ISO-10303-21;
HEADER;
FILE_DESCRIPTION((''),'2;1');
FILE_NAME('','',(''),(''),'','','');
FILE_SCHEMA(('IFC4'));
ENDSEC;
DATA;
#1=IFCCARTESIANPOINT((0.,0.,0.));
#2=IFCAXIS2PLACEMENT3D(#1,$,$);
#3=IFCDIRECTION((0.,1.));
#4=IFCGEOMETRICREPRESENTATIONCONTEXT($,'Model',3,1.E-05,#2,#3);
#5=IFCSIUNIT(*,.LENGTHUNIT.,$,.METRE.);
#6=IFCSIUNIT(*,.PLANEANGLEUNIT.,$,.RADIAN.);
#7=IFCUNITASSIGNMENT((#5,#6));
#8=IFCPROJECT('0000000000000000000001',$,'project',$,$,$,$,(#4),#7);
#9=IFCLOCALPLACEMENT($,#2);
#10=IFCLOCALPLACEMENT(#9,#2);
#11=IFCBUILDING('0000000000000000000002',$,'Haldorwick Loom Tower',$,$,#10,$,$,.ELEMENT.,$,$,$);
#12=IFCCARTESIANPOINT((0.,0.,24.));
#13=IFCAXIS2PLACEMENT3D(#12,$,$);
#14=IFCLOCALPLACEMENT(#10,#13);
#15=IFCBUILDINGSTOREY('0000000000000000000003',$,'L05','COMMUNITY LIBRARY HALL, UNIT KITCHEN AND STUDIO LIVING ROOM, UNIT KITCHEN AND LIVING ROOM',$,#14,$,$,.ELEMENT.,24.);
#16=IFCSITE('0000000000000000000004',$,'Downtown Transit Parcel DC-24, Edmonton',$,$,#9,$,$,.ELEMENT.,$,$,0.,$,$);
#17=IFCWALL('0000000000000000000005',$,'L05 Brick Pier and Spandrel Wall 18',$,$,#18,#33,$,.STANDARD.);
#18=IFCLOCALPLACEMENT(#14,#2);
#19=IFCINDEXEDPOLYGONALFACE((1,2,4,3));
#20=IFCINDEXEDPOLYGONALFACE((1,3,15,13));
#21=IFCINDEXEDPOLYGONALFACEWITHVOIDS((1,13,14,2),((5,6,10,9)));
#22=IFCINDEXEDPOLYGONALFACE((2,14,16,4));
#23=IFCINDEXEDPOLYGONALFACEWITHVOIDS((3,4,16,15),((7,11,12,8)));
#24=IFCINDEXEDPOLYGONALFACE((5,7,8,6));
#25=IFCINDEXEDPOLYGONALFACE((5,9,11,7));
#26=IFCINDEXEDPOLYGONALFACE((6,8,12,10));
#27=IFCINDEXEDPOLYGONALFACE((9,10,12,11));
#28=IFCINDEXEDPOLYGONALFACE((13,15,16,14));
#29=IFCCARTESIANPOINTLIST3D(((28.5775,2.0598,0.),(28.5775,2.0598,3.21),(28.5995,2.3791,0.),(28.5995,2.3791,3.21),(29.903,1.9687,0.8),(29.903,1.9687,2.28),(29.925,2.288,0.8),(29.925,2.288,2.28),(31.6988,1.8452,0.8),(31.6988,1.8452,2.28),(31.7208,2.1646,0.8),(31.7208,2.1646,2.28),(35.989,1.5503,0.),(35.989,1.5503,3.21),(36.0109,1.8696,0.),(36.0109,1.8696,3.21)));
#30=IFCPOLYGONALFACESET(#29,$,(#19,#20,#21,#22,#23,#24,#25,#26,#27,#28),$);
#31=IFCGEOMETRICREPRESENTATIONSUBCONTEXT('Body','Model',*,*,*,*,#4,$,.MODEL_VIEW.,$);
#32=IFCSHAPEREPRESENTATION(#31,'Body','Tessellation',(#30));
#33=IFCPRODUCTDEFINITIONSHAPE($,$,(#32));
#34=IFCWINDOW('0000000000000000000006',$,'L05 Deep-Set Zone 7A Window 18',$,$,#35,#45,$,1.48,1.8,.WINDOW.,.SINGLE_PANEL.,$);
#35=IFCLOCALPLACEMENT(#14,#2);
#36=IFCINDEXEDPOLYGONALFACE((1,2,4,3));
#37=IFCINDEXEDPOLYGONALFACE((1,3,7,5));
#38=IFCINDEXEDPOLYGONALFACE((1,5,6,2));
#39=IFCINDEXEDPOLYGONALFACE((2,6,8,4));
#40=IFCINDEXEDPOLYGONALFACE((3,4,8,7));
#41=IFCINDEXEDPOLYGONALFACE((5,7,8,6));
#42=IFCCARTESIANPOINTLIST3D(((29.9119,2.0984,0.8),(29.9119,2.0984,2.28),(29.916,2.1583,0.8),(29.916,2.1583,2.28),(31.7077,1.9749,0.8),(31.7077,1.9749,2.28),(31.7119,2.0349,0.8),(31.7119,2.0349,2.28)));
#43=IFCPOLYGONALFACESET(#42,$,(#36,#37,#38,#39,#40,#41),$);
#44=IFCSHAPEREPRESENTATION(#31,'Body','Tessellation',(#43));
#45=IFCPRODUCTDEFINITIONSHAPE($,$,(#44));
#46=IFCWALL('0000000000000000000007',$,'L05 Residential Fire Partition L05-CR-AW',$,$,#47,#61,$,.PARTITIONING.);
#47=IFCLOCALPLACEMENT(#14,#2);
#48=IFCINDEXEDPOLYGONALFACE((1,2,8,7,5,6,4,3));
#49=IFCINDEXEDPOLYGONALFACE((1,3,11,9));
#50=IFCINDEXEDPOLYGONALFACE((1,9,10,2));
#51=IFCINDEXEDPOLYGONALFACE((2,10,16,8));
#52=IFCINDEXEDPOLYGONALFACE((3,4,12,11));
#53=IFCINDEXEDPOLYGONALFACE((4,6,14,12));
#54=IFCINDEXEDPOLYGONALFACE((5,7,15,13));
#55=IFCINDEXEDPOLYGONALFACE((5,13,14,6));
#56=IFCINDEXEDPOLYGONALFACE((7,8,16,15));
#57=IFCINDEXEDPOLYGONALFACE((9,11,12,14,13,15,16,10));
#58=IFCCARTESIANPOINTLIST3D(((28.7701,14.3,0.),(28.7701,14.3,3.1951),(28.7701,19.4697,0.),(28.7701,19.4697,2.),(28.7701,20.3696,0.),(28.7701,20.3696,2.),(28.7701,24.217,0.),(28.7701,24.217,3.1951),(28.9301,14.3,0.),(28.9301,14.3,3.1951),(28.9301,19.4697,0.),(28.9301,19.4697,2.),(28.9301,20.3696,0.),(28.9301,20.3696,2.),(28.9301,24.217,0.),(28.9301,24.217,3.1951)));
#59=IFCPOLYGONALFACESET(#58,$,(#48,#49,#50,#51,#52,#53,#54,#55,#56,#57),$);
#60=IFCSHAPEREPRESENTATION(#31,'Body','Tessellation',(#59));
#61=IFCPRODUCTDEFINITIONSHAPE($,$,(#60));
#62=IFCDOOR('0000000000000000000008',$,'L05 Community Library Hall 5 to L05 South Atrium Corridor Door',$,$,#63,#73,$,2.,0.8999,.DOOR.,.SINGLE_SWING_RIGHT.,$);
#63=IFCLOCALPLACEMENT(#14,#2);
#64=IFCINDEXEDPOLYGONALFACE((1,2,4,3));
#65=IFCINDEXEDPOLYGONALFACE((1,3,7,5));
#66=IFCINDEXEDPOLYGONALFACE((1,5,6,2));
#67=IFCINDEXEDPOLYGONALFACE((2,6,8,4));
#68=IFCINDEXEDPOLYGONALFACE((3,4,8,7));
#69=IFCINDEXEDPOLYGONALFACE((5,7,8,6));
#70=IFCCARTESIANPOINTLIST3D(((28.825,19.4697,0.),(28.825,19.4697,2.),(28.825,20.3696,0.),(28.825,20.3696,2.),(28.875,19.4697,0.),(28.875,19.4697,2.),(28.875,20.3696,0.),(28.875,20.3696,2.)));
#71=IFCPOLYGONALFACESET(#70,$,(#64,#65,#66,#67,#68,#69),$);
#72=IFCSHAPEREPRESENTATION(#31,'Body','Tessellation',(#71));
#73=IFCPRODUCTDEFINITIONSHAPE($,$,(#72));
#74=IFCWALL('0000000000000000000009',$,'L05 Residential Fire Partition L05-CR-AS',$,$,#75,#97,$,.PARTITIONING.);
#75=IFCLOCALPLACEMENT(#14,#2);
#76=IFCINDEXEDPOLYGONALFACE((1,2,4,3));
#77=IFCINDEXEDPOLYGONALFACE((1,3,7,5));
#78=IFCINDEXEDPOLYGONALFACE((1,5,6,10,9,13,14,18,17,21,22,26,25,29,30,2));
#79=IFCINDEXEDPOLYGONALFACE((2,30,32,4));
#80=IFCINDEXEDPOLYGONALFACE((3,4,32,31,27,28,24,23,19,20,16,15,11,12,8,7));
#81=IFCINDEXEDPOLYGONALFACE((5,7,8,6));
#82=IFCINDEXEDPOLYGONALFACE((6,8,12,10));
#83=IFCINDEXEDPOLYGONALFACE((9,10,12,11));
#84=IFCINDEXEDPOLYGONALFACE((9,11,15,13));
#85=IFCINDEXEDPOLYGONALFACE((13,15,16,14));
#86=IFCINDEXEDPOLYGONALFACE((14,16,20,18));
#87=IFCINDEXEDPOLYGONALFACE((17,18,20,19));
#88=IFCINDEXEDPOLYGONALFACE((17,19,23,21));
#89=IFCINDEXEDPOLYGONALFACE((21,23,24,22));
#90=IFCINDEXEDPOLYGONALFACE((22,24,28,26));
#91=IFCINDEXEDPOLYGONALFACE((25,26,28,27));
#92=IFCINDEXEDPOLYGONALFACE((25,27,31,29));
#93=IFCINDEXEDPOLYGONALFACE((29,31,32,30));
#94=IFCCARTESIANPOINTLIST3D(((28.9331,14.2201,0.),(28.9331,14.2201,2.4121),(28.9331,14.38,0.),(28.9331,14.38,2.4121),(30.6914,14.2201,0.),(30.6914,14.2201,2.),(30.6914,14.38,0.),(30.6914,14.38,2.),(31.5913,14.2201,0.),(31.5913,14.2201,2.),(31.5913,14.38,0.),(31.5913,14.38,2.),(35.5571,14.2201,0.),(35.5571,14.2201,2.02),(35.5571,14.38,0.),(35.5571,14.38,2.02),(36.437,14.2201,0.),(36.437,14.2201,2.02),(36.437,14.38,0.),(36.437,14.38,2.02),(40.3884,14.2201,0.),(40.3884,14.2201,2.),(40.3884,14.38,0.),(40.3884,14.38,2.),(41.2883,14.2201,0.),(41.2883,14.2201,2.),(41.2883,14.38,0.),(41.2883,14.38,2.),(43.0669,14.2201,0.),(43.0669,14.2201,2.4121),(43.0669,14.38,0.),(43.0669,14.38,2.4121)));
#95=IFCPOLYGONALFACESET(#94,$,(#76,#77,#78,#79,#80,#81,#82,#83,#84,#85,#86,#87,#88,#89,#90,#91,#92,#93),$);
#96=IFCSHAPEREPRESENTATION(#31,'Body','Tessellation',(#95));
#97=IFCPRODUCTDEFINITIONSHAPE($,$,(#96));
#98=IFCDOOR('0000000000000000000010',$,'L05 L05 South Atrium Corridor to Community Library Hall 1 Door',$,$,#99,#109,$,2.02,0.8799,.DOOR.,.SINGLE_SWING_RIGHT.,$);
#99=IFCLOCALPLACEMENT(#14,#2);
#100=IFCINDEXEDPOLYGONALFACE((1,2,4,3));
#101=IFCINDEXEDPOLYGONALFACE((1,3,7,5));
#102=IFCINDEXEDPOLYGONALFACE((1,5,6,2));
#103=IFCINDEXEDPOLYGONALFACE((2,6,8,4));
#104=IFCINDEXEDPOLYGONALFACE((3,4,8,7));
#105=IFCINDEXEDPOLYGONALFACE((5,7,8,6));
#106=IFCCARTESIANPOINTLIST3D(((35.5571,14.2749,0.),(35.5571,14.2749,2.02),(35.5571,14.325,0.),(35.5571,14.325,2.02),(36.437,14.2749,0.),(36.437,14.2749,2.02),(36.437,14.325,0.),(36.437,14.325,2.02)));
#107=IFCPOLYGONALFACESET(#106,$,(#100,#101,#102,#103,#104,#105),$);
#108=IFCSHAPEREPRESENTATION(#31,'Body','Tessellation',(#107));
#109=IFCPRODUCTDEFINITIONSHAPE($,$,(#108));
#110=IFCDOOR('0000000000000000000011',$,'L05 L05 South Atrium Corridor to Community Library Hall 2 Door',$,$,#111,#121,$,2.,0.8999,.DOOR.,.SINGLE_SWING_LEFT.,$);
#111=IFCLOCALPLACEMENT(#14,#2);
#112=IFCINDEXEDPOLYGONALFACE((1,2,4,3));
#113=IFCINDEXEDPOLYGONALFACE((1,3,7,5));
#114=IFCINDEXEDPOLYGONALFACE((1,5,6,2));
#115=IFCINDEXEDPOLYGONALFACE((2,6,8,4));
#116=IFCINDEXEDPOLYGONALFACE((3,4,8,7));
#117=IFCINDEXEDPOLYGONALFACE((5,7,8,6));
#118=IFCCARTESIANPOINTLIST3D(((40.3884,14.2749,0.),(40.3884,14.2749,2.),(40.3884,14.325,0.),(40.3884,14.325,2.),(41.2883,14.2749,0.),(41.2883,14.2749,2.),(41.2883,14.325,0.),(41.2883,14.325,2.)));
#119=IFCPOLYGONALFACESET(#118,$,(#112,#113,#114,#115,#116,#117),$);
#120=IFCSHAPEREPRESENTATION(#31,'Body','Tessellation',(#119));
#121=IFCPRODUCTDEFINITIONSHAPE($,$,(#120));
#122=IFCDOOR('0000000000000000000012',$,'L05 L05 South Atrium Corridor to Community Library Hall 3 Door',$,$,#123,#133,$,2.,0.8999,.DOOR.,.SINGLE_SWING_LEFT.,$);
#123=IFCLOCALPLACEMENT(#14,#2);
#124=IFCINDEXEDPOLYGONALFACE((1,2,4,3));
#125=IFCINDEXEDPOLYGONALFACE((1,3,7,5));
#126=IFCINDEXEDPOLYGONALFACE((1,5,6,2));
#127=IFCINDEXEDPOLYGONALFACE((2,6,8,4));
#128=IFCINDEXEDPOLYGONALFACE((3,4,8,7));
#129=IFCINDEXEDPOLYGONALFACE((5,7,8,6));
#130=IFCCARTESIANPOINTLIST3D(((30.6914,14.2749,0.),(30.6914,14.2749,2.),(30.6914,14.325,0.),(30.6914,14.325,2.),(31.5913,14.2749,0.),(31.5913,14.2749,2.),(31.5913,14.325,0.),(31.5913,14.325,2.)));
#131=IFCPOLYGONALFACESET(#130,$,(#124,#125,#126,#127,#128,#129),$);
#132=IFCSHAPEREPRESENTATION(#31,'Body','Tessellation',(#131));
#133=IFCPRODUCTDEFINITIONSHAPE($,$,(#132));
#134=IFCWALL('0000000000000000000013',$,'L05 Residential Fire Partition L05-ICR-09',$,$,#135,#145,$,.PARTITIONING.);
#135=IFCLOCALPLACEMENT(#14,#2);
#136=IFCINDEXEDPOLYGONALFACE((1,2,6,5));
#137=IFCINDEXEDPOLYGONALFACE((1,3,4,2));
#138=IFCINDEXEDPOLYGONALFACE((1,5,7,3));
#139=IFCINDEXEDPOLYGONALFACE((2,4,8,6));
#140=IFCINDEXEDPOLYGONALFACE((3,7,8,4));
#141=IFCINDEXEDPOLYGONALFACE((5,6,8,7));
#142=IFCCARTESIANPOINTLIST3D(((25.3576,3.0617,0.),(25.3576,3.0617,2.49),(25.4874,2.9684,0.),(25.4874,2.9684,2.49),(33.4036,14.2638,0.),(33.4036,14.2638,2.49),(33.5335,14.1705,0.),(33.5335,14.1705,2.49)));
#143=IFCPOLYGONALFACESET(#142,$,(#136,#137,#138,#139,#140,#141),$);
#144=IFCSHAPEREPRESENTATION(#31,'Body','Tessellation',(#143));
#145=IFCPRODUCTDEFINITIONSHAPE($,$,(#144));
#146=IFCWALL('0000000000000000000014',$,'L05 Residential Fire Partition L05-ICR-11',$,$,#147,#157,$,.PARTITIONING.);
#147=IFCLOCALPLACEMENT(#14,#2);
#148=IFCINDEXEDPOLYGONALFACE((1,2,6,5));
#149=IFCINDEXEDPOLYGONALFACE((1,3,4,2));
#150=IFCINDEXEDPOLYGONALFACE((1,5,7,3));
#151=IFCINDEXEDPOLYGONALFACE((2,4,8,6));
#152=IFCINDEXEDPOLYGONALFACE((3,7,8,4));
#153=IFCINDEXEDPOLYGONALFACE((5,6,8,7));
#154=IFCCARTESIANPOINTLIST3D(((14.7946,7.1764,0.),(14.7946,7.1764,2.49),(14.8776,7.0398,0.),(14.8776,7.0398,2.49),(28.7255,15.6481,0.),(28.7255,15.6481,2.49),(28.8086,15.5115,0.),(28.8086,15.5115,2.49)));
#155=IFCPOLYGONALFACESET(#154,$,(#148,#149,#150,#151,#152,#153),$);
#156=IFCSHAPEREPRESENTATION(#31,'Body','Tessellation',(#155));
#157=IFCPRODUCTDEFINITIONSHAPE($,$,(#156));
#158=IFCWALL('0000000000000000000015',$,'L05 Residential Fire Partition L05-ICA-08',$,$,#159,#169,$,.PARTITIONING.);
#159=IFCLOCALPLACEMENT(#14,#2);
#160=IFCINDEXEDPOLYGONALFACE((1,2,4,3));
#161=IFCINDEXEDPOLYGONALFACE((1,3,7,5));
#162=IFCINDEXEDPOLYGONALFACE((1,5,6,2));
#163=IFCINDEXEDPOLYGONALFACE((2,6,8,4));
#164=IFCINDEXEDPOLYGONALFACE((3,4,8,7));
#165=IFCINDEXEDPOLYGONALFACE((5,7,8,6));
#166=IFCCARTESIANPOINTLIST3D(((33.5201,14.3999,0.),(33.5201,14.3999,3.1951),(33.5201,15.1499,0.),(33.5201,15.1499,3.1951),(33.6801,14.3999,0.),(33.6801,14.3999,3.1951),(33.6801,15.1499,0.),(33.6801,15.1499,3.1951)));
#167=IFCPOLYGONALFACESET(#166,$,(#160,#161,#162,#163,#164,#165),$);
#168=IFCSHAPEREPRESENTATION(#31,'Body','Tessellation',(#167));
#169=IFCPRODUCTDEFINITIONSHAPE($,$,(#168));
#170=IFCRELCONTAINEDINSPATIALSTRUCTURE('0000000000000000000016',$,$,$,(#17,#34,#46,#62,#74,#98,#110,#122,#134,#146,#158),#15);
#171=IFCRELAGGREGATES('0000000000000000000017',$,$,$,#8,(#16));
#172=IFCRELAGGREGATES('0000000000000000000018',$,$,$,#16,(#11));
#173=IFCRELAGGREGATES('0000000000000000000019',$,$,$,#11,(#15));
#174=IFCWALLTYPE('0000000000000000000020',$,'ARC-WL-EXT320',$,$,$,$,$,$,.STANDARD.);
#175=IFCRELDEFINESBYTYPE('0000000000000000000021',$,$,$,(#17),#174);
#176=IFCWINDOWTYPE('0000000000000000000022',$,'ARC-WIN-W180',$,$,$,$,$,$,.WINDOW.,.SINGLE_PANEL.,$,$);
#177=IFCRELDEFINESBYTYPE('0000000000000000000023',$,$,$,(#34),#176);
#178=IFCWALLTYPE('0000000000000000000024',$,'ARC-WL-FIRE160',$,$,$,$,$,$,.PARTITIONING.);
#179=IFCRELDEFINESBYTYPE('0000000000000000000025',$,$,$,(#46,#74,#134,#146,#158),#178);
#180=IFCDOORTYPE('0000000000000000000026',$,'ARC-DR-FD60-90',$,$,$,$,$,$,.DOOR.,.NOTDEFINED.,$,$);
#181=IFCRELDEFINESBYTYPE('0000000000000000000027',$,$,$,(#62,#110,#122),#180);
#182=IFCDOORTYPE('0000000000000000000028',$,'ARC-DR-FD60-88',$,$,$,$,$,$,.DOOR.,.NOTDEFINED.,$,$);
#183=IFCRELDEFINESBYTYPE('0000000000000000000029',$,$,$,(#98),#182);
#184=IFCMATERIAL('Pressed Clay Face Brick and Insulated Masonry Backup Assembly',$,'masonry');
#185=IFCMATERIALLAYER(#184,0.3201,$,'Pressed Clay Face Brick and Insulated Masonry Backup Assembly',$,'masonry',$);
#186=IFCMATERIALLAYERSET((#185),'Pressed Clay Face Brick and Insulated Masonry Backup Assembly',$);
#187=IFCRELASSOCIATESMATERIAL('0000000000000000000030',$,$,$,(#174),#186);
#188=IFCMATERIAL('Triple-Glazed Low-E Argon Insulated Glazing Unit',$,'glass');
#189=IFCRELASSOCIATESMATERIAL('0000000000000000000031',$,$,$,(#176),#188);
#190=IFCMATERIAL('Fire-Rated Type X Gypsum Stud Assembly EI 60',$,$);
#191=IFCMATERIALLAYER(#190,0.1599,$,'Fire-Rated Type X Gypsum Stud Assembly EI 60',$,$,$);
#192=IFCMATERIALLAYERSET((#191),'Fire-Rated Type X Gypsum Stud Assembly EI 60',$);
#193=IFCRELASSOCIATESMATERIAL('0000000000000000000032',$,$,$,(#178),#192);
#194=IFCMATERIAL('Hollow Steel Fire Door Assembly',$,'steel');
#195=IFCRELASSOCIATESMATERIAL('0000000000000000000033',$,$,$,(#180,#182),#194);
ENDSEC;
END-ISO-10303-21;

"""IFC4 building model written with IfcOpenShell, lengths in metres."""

from ifc_helpers import new_model, si_unit, direction, frame, frame_2d, origin, place, context, subcontext, project, spatial, rectangle, extrude, material, layer, layer_set, type_object, element, fill, save


model = new_model("IFC4")

# Units and contexts
model_context = context("Model", 3, precision=1e-05, world=origin(), true_north=direction((0.0, 1.0)))
body_context = subcontext(model_context, "Body", "Model", "MODEL_VIEW")
ifc_project = project(units=[si_unit("LENGTHUNIT", "METRE"), si_unit("PLANEANGLEUNIT", "RADIAN")], contexts=[model_context])

# Site, building, storey
site_placement = place(None, origin())
site = spatial("IfcSite", under=ifc_project, at=site_placement, Name="Downtown Transit Parcel DC-24, Edmonton", CompositionType="ELEMENT", RefElevation=0.0)
building_placement = place(site_placement, origin())
building = spatial("IfcBuilding", under=site, at=building_placement, Name="Haldorwick Loom Tower", CompositionType="ELEMENT")
storey_placement = place(building_placement, frame((0.0, 0.0, 24.0)))
storey = spatial("IfcBuildingStorey", under=building, at=storey_placement, Name="L05", Description="COMMUNITY LIBRARY HALL, UNIT KITCHEN AND STUDIO LIVING ROOM, UNIT KITCHEN AND LIVING ROOM", CompositionType="ELEMENT", Elevation=24.0)

# Wall, opening, window
ifc_material_1 = material(Name="Pressed Clay Face Brick and Insulated Masonry Backup Assembly", Category="masonry")
ifc_layer_1 = layer(ifc_material_1, 0.3201, Name="Pressed Clay Face Brick and Insulated Masonry Backup Assembly", Category="masonry")
ifc_layer_set_1 = layer_set([ifc_layer_1], Name="Pressed Clay Face Brick and Insulated Masonry Backup Assembly")
wall_type_1 = type_object("IfcWallType", Name="ARC-WL-EXT320", PredefinedType="STANDARD", material=ifc_layer_set_1)
wall_1_placement = place(storey_placement, frame((28.5886, 2.2195, 0.0), z_axis=(0.0, 0.0, 1.0), x_axis=(0.997645, -0.068587, 0.0)))
wall_1 = element("IfcWall", 1, at=wall_1_placement, inside=storey, type_object=wall_type_1, Name="L05 Brick Pier and Spandrel Wall 18", PredefinedType="STANDARD", context=body_context, shape_type="SweptSolid", body=[
    extrude(rectangle(XDim=7.429, YDim=0.3201, at=frame_2d((3.7144, 0.0))), origin(), (0.0, 0.0, 1.0), 3.21),
])
opening_1_placement = place(wall_1_placement, frame((1.3286, 0.0, 0.8)))
opening_1 = element("IfcOpeningElement", 2, at=opening_1_placement, cuts=wall_1, PredefinedType="OPENING", context=body_context, shape_type="SweptSolid", body=[
    extrude(rectangle(XDim=1.8, YDim=1.48, at=frame_2d((0.8999, 0.74))), frame((0.0, 0.1699, 0.0), z_axis=(0.0, -1.0, 0.0), x_axis=(1.0, 0.0, 0.0)), (0.0, 0.0, 1.0), 0.3401),
])
ifc_material_2 = material(Name="Triple-Glazed Low-E Argon Insulated Glazing Unit", Category="glass")
window_type = type_object("IfcWindowType", Name="ARC-WIN-W180", PartitioningType="SINGLE_PANEL", PredefinedType="WINDOW", material=ifc_material_2)
window_placement = place(opening_1_placement, origin())
window = element("IfcWindow", 3, at=window_placement, inside=storey, type_object=window_type, Name="L05 Deep-Set Zone 7A Window 18", OverallHeight=1.48, OverallWidth=1.8, PartitioningType="SINGLE_PANEL", PredefinedType="WINDOW", context=body_context, shape_type="SweptSolid", body=[
    extrude(rectangle(XDim=1.8, YDim=1.48, at=frame_2d((0.8999, 0.74))), frame((0.0, 0.03, 0.0), z_axis=(0.0, -1.0, 0.0), x_axis=(1.0, 0.0, 0.0)), (0.0, 0.0, 1.0), 0.0601),
])
fill(opening_1, window)

# Wall, opening, door
ifc_material_3 = material(Name="Fire-Rated Type X Gypsum Stud Assembly EI 60")
ifc_layer_2 = layer(ifc_material_3, 0.1599, Name="Fire-Rated Type X Gypsum Stud Assembly EI 60")
ifc_layer_set_2 = layer_set([ifc_layer_2], Name="Fire-Rated Type X Gypsum Stud Assembly EI 60")
wall_type_2 = type_object("IfcWallType", Name="ARC-WL-FIRE160", PredefinedType="PARTITIONING", material=ifc_layer_set_2)
wall_2_placement = place(storey_placement, frame((28.8501, 14.3, 0.0), z_axis=(0.0, 0.0, 1.0), x_axis=(0.0, 1.0, 0.0)))
wall_2 = element("IfcWall", 4, at=wall_2_placement, inside=storey, type_object=wall_type_2, Name="L05 Residential Fire Partition L05-CR-AW", PredefinedType="PARTITIONING", context=body_context, shape_type="SweptSolid", body=[
    extrude(rectangle(XDim=9.917, YDim=0.1599, at=frame_2d((4.9585, 0.0))), origin(), (0.0, 0.0, 1.0), 3.1951),
])
opening_2_placement = place(wall_2_placement, frame((5.1697, 0.0, 0.0)))
opening_2 = element("IfcOpeningElement", 5, at=opening_2_placement, cuts=wall_2, PredefinedType="OPENING", context=body_context, shape_type="SweptSolid", body=[
    extrude(rectangle(XDim=0.8999, YDim=2.0, at=frame_2d((0.45, 1.0))), frame((0.0, 0.0898, 0.0), z_axis=(0.0, -1.0, 0.0), x_axis=(1.0, 0.0, 0.0)), (0.0, 0.0, 1.0), 0.1799),
])
ifc_material_4 = material(Name="Hollow Steel Fire Door Assembly", Category="steel")
door_type_1 = type_object("IfcDoorType", Name="ARC-DR-FD60-90", OperationType="NOTDEFINED", PredefinedType="DOOR", material=ifc_material_4)
door_1_placement = place(opening_2_placement, frame((0.8999, 0.0, 0.0), z_axis=(0.0, 0.0, 1.0), x_axis=(-1.0, 0.0, 0.0)))
door_1 = element("IfcDoor", 6, at=door_1_placement, inside=storey, type_object=door_type_1, Name="L05 Community Library Hall 5 to L05 South Atrium Corridor Door", OperationType="SINGLE_SWING_RIGHT", OverallHeight=2.0, OverallWidth=0.8999, PredefinedType="DOOR", context=body_context, shape_type="SweptSolid", body=[
    extrude(rectangle(XDim=0.8999, YDim=2.0, at=frame_2d((0.45, 1.0))), frame((0.0, 0.0249, 0.0), z_axis=(0.0, -1.0, 0.0), x_axis=(1.0, 0.0, 0.0)), (0.0, 0.0, 1.0), 0.05),
])
fill(opening_2, door_1)

# Wall, openings, doors
wall_3_placement = place(storey_placement, frame((28.9331, 14.3, 0.0), z_axis=(0.0, 0.0, 1.0), x_axis=(1.0, 0.0, 0.0)))
wall_3 = element("IfcWall", 7, at=wall_3_placement, inside=storey, type_object=wall_type_2, Name="L05 Residential Fire Partition L05-CR-AS", PredefinedType="PARTITIONING", context=body_context, shape_type="SweptSolid", body=[
    extrude(rectangle(XDim=14.1338, YDim=0.1599, at=frame_2d((7.0669, 0.0))), origin(), (0.0, 0.0, 1.0), 2.4121),
])
opening_3_placement = place(wall_3_placement, frame((6.624, 0.0, 0.0)))
opening_3 = element("IfcOpeningElement", 8, at=opening_3_placement, cuts=wall_3, PredefinedType="OPENING", context=body_context, shape_type="SweptSolid", body=[
    extrude(rectangle(XDim=0.8799, YDim=2.02, at=frame_2d((0.4399, 1.01))), frame((0.0, 0.0898, 0.0), z_axis=(0.0, -1.0, 0.0), x_axis=(1.0, 0.0, 0.0)), (0.0, 0.0, 1.0), 0.1799),
])
opening_4_placement = place(wall_3_placement, frame((11.4553, 0.0, 0.0)))
opening_4 = element("IfcOpeningElement", 9, at=opening_4_placement, cuts=wall_3, PredefinedType="OPENING", context=body_context, shape_type="SweptSolid", body=[
    extrude(rectangle(XDim=0.8999, YDim=2.0, at=frame_2d((0.45, 1.0))), frame((0.0, 0.0898, 0.0), z_axis=(0.0, -1.0, 0.0), x_axis=(1.0, 0.0, 0.0)), (0.0, 0.0, 1.0), 0.1799),
])
opening_5_placement = place(wall_3_placement, frame((1.7583, 0.0, 0.0)))
opening_5 = element("IfcOpeningElement", 10, at=opening_5_placement, cuts=wall_3, PredefinedType="OPENING", context=body_context, shape_type="SweptSolid", body=[
    extrude(rectangle(XDim=0.8999, YDim=2.0, at=frame_2d((0.45, 1.0))), frame((0.0, 0.0898, 0.0), z_axis=(0.0, -1.0, 0.0), x_axis=(1.0, 0.0, 0.0)), (0.0, 0.0, 1.0), 0.1799),
])
door_type_2 = type_object("IfcDoorType", Name="ARC-DR-FD60-88", OperationType="NOTDEFINED", PredefinedType="DOOR", material=ifc_material_4)
door_2_placement = place(opening_3_placement, origin())
door_2 = element("IfcDoor", 11, at=door_2_placement, inside=storey, type_object=door_type_2, Name="L05 L05 South Atrium Corridor to Community Library Hall 1 Door", OperationType="SINGLE_SWING_RIGHT", OverallHeight=2.02, OverallWidth=0.8799, PredefinedType="DOOR", context=body_context, shape_type="SweptSolid", body=[
    extrude(rectangle(XDim=0.8799, YDim=2.02, at=frame_2d((0.4399, 1.01))), frame((0.0, 0.0249, 0.0), z_axis=(0.0, -1.0, 0.0), x_axis=(1.0, 0.0, 0.0)), (0.0, 0.0, 1.0), 0.05),
])
fill(opening_3, door_2)
door_3_placement = place(opening_4_placement, origin())
door_3 = element("IfcDoor", 12, at=door_3_placement, inside=storey, type_object=door_type_1, Name="L05 L05 South Atrium Corridor to Community Library Hall 2 Door", OperationType="SINGLE_SWING_LEFT", OverallHeight=2.0, OverallWidth=0.8999, PredefinedType="DOOR", context=body_context, shape_type="SweptSolid", body=[
    extrude(rectangle(XDim=0.8999, YDim=2.0, at=frame_2d((0.45, 1.0))), frame((0.0, 0.0249, 0.0), z_axis=(0.0, -1.0, 0.0), x_axis=(1.0, 0.0, 0.0)), (0.0, 0.0, 1.0), 0.05),
])
fill(opening_4, door_3)
door_4_placement = place(opening_5_placement, origin())
door_4 = element("IfcDoor", 13, at=door_4_placement, inside=storey, type_object=door_type_1, Name="L05 L05 South Atrium Corridor to Community Library Hall 3 Door", OperationType="SINGLE_SWING_LEFT", OverallHeight=2.0, OverallWidth=0.8999, PredefinedType="DOOR", context=body_context, shape_type="SweptSolid", body=[
    extrude(rectangle(XDim=0.8999, YDim=2.0, at=frame_2d((0.45, 1.0))), frame((0.0, 0.0249, 0.0), z_axis=(0.0, -1.0, 0.0), x_axis=(1.0, 0.0, 0.0)), (0.0, 0.0, 1.0), 0.05),
])
fill(opening_5, door_4)

# Walls
wall_4_placement = place(storey_placement, frame((33.4685, 14.217, 0.0), z_axis=(0.0, 0.0, 1.0), x_axis=(-0.583378, -0.812201, 0.0)))
element("IfcWall", 14, at=wall_4_placement, inside=storey, type_object=wall_type_2, Name="L05 Residential Fire Partition L05-ICR-09", PredefinedType="PARTITIONING", context=body_context, shape_type="SweptSolid", body=[
    extrude(rectangle(XDim=13.7922, YDim=0.1599, at=frame_2d((6.896, 0.0))), origin(), (0.0, 0.0, 1.0), 2.49),
])
wall_5_placement = place(storey_placement, frame((28.7671, 15.5798, 0.0), z_axis=(0.0, 0.0, 1.0), x_axis=(-0.854416, -0.519589, 0.0)))
element("IfcWall", 15, at=wall_5_placement, inside=storey, type_object=wall_type_2, Name="L05 Residential Fire Partition L05-ICR-11", PredefinedType="PARTITIONING", context=body_context, shape_type="SweptSolid", body=[
    extrude(rectangle(XDim=16.3047, YDim=0.1599, at=frame_2d((8.1523, 0.0))), origin(), (0.0, 0.0, 1.0), 2.49),
])
wall_6_placement = place(storey_placement, frame((33.6001, 15.1499, 0.0), z_axis=(0.0, 0.0, 1.0), x_axis=(0.0, -1.0, 0.0)))
element("IfcWall", 16, at=wall_6_placement, inside=storey, type_object=wall_type_2, Name="L05 Residential Fire Partition L05-ICA-08", PredefinedType="PARTITIONING", context=body_context, shape_type="SweptSolid", body=[
    extrude(rectangle(XDim=0.75, YDim=0.1599, at=frame_2d((0.375, 0.0))), origin(), (0.0, 0.0, 1.0), 3.1951),
])

save(model, "model.ifc")
